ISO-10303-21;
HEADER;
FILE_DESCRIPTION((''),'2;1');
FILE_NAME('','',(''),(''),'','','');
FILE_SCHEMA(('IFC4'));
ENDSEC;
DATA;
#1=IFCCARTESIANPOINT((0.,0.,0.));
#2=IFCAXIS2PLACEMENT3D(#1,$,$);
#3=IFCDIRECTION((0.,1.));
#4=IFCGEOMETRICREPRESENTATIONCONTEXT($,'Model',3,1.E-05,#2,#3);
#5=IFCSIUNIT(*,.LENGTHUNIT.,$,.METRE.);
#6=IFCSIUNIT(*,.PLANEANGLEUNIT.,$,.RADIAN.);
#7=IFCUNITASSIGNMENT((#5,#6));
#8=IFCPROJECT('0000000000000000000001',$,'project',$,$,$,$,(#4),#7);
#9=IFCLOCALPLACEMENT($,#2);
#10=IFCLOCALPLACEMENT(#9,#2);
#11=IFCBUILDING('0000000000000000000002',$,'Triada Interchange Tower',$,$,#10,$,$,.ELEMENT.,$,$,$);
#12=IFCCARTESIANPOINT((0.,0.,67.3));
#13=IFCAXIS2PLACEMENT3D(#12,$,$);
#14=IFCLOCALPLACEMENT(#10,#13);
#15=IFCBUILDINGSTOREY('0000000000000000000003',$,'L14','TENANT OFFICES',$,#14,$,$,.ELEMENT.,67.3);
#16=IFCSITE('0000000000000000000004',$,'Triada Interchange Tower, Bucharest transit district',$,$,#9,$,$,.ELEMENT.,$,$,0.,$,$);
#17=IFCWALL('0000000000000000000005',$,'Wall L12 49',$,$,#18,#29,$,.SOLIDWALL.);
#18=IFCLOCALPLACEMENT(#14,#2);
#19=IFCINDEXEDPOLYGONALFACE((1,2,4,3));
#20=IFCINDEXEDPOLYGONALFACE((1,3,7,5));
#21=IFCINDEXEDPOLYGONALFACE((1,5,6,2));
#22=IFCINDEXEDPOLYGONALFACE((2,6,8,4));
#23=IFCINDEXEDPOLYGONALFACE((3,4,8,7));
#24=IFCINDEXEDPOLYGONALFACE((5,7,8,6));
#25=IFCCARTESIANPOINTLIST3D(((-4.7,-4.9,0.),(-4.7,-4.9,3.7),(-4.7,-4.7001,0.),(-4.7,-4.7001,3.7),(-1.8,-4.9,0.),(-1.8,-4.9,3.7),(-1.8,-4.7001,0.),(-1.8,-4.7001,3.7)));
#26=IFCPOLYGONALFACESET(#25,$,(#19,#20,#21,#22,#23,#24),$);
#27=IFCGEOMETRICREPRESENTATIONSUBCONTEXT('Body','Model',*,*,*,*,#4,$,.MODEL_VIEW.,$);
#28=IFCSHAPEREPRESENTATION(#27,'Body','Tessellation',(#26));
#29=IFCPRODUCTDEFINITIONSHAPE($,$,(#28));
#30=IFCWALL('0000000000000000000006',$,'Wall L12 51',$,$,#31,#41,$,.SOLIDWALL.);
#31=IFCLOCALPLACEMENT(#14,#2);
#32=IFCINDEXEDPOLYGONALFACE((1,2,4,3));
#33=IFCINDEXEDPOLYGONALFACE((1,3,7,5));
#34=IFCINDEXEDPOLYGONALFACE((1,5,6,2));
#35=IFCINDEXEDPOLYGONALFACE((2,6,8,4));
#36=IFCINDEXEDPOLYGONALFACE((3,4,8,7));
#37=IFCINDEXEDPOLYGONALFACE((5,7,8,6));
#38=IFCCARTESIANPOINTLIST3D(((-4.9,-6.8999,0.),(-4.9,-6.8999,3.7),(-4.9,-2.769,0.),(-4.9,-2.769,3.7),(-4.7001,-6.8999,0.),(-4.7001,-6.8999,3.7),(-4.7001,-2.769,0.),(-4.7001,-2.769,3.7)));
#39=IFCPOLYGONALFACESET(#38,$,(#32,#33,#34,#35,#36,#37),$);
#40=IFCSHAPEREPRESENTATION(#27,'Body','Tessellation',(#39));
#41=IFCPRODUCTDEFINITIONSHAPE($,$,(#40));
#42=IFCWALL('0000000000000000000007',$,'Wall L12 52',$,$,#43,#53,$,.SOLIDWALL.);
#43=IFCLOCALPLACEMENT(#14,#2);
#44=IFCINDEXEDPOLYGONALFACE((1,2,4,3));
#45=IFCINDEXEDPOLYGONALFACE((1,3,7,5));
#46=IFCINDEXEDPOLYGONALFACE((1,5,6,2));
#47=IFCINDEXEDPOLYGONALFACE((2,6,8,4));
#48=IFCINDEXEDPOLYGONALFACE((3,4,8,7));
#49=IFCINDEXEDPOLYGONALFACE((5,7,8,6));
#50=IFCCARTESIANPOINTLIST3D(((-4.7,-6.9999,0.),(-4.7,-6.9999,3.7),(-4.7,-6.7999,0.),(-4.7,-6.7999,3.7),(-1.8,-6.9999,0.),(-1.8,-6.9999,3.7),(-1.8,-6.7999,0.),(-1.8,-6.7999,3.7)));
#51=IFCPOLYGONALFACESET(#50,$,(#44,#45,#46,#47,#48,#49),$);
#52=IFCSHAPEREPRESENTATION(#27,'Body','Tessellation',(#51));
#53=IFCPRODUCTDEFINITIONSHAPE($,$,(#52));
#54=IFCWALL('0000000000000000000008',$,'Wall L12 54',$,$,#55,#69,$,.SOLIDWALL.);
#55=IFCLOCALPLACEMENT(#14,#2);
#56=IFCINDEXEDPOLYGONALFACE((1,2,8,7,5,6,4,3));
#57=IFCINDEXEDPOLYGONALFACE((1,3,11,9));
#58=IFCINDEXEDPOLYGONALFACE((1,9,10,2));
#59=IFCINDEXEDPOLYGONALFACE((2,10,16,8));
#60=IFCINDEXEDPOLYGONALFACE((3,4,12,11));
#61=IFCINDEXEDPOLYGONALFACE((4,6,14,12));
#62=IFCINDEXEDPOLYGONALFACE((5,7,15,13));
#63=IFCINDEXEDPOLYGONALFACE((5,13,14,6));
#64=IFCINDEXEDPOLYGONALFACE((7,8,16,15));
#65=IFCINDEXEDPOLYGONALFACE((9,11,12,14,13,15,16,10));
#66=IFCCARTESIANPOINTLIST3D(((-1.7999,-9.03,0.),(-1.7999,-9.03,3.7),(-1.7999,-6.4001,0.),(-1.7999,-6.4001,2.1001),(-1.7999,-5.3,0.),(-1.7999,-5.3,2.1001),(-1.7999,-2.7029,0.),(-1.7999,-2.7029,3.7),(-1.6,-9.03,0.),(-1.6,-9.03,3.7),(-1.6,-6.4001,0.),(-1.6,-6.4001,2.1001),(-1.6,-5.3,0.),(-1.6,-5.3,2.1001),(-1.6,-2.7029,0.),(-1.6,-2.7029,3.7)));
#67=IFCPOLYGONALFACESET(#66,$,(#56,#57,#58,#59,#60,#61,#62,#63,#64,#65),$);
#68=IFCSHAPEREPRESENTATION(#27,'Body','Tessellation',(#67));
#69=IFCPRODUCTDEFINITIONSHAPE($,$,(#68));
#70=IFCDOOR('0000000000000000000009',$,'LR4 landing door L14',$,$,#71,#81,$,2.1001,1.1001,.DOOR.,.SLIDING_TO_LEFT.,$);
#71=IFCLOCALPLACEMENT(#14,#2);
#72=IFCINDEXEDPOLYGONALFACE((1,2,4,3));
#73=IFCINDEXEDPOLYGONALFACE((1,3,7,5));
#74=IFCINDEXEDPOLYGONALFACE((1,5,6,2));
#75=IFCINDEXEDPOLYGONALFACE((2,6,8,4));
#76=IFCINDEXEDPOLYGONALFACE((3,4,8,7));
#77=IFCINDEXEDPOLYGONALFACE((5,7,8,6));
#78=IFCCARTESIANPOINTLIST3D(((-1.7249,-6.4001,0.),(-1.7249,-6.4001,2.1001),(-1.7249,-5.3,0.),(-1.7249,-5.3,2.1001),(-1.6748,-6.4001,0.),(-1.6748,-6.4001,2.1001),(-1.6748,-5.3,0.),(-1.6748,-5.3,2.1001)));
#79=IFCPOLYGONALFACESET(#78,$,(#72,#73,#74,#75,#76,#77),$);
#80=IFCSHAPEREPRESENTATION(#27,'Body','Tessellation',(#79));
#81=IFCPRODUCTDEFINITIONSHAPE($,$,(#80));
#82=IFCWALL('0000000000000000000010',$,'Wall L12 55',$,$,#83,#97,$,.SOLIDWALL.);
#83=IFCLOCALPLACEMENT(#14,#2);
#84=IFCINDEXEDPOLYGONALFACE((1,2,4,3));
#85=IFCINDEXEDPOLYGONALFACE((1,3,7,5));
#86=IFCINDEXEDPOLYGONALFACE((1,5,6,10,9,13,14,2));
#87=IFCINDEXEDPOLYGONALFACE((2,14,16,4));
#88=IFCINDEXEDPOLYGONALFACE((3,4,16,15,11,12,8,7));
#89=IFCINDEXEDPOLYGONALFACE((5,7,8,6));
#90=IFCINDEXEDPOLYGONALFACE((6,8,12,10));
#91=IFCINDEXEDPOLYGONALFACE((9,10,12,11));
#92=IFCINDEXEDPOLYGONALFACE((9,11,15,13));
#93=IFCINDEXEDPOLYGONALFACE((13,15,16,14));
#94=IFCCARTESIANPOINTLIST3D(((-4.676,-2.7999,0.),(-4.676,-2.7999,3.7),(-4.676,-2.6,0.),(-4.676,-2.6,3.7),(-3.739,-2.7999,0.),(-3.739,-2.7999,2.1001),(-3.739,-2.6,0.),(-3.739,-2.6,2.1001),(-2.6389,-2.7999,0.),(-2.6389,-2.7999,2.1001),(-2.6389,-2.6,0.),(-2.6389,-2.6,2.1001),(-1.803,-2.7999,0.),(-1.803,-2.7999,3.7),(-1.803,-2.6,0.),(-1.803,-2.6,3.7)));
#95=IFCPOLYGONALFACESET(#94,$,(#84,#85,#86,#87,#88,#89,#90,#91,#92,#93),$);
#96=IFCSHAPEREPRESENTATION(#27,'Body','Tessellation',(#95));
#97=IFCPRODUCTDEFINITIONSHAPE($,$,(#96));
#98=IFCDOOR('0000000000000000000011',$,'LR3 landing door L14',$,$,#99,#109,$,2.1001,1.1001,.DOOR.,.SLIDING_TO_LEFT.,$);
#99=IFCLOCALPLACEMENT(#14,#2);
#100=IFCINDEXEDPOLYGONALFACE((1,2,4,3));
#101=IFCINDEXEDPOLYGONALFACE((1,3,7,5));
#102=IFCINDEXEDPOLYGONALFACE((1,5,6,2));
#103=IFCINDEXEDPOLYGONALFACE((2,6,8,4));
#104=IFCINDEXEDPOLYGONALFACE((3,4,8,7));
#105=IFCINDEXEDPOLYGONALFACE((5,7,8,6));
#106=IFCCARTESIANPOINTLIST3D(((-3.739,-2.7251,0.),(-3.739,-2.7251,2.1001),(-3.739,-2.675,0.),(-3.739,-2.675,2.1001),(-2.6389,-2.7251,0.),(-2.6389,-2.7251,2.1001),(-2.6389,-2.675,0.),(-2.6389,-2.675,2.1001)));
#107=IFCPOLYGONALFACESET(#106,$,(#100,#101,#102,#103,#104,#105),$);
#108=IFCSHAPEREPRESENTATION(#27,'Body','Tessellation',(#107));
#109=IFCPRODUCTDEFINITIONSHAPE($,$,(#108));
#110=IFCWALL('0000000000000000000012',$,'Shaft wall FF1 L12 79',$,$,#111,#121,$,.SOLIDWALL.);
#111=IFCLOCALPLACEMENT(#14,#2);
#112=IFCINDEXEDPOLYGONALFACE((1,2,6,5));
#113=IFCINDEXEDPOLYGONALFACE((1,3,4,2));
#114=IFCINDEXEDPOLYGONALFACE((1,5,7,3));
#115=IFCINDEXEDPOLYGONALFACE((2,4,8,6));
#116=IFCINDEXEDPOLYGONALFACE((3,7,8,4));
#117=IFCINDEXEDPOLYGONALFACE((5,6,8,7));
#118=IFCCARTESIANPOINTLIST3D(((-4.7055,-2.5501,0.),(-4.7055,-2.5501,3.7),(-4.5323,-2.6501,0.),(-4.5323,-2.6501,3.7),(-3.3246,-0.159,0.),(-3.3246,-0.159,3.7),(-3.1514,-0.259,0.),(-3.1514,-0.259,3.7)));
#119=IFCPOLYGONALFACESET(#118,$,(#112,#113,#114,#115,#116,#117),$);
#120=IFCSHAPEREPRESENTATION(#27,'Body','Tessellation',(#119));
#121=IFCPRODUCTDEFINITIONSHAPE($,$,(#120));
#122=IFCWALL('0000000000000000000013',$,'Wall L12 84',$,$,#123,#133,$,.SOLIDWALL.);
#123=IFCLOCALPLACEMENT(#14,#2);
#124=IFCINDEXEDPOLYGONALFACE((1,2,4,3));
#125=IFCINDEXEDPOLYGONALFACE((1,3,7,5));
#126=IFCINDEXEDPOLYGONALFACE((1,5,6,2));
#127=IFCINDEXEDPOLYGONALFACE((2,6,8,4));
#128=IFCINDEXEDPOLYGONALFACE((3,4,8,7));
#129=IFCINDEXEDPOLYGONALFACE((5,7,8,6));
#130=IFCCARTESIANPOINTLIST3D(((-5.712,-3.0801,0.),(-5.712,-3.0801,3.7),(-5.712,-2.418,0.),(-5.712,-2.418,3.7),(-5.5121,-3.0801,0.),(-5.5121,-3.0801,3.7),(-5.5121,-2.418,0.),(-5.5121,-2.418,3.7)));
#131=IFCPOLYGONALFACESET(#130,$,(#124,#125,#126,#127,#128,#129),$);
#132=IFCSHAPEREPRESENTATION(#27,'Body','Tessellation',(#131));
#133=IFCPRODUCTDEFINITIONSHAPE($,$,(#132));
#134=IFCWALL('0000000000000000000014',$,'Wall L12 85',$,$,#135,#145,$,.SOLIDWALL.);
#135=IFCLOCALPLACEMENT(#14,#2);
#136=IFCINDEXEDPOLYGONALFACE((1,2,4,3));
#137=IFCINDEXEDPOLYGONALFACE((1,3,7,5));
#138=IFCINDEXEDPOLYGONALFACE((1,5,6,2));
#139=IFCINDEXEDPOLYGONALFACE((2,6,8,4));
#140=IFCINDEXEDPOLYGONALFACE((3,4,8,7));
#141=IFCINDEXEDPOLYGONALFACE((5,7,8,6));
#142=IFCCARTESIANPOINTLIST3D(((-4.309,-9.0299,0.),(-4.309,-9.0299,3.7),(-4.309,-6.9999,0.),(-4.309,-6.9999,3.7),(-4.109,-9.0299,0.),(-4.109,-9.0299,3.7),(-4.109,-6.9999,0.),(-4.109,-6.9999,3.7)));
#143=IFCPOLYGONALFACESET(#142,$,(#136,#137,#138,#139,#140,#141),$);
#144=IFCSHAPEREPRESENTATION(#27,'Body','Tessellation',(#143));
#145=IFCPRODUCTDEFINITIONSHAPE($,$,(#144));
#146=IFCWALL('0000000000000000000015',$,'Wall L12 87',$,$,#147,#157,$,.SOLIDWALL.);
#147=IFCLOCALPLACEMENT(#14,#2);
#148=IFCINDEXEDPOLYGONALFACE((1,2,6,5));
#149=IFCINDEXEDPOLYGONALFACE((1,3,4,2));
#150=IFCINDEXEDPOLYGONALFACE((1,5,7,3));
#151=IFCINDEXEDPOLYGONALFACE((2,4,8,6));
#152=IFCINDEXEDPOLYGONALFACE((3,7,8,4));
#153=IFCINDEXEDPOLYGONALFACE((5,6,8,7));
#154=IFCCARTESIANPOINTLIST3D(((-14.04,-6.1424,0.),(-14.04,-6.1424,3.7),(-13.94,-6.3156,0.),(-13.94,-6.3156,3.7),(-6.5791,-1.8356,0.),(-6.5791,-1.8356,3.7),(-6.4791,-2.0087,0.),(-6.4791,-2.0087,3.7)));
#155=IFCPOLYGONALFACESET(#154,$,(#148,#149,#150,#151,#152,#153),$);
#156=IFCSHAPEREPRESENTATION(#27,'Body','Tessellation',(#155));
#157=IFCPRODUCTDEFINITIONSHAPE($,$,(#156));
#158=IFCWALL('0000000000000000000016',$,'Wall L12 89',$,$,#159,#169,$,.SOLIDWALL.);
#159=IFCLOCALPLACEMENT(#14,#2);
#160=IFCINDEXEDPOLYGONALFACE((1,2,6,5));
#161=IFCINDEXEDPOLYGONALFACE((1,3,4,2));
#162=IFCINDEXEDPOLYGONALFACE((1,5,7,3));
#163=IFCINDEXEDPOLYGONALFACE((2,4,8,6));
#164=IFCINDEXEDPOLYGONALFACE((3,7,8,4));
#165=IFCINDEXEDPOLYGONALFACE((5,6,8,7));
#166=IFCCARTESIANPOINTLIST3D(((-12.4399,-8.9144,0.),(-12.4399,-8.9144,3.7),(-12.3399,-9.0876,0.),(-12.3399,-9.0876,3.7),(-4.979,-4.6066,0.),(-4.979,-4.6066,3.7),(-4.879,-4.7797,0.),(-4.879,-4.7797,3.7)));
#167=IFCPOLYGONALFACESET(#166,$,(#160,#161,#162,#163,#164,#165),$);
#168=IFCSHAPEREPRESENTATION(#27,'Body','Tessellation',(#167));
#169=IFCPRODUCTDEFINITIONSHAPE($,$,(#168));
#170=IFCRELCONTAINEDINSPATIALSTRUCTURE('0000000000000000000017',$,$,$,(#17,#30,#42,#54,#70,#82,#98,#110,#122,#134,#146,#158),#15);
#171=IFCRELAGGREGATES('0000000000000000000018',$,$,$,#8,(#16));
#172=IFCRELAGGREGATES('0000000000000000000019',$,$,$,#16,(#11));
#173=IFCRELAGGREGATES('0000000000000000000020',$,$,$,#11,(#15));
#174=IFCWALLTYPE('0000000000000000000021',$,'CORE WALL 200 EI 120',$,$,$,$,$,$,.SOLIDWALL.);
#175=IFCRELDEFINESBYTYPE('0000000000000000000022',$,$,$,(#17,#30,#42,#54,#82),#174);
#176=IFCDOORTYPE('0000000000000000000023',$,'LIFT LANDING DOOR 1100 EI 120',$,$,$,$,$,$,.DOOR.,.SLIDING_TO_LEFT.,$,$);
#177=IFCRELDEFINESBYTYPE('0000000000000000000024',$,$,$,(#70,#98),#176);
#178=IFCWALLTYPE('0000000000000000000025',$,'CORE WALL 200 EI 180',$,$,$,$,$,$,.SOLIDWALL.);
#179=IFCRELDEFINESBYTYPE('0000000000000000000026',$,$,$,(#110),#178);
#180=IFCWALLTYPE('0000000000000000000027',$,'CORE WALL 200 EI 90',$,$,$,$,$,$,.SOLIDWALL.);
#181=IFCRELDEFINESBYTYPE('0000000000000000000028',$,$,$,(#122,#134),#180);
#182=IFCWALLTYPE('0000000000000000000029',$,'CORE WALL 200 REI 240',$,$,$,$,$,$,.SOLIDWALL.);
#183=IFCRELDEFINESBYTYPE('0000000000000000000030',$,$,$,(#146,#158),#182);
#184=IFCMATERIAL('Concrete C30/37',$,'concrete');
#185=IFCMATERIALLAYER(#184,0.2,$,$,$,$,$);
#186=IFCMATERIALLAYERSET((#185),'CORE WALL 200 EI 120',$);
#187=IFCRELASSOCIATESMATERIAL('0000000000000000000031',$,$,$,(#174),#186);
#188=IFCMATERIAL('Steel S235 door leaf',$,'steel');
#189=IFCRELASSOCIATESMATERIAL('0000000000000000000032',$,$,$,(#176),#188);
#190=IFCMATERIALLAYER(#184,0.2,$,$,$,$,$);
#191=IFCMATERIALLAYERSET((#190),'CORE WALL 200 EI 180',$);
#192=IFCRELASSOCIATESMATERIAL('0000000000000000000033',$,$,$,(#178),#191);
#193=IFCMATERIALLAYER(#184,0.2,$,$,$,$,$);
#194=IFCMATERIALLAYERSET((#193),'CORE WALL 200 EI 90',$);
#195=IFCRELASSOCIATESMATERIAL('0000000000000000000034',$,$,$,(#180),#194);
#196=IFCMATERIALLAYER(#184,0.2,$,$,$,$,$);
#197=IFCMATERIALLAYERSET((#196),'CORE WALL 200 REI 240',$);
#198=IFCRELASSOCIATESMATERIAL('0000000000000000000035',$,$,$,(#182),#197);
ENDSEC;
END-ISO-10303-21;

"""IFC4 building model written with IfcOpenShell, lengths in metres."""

from ifc_helpers import new_model, si_unit, direction, frame, frame_2d, origin, place, context, subcontext, project, spatial, rectangle, extrude, material, layer, layer_set, type_object, element, fill, save


model = new_model("IFC4")

# Units and contexts
model_context = context("Model", 3, precision=1e-05, world=origin(), true_north=direction((0.0, 1.0)))
body_context = subcontext(model_context, "Body", "Model", "MODEL_VIEW")
ifc_project = project(units=[si_unit("LENGTHUNIT", "METRE"), si_unit("PLANEANGLEUNIT", "RADIAN")], contexts=[model_context])

# Site, building, storey
site_placement = place(None, origin())
site = spatial("IfcSite", under=ifc_project, at=site_placement, Name="Triada Interchange Tower, Bucharest transit district", CompositionType="ELEMENT", RefElevation=0.0)
building_placement = place(site_placement, origin())
building = spatial("IfcBuilding", under=site, at=building_placement, Name="Triada Interchange Tower", CompositionType="ELEMENT")
storey_placement = place(building_placement, frame((0.0, 0.0, 67.3)))
storey = spatial("IfcBuildingStorey", under=building, at=storey_placement, Name="L14", Description="TENANT OFFICES", CompositionType="ELEMENT", Elevation=67.3)

# Walls
ifc_material_1 = material(Name="Concrete C30/37", Category="concrete")
ifc_layer_1 = layer(ifc_material_1, 0.2)
ifc_layer_set_1 = layer_set([ifc_layer_1], Name="CORE WALL 200 EI 120")
wall_type_1 = type_object("IfcWallType", Name="CORE WALL 200 EI 120", PredefinedType="SOLIDWALL", material=ifc_layer_set_1)
wall_1_placement = place(storey_placement, frame((-4.7, -4.8, 0.0), z_axis=(0.0, 0.0, 1.0), x_axis=(1.0, 0.0, 0.0)))
element("IfcWall", 1, at=wall_1_placement, inside=storey, type_object=wall_type_1, Name="Wall L12 49", PredefinedType="SOLIDWALL", context=body_context, shape_type="SweptSolid", body=[
    extrude(rectangle(XDim=2.8999, YDim=0.2, at=frame_2d((1.45, 0.0))), origin(), (0.0, 0.0, 1.0), 3.7),
])
wall_2_placement = place(storey_placement, frame((-4.8, -6.8999, 0.0), z_axis=(0.0, 0.0, 1.0), x_axis=(0.0, 1.0, 0.0)))
element("IfcWall", 2, at=wall_2_placement, inside=storey, type_object=wall_type_1, Name="Wall L12 51", PredefinedType="SOLIDWALL", context=body_context, shape_type="SweptSolid", body=[
    extrude(rectangle(XDim=4.1309, YDim=0.2, at=frame_2d((2.0654, 0.0))), origin(), (0.0, 0.0, 1.0), 3.7),
])
wall_3_placement = place(storey_placement, frame((-4.7, -6.8999, 0.0), z_axis=(0.0, 0.0, 1.0), x_axis=(1.0, 0.0, 0.0)))
element("IfcWall", 3, at=wall_3_placement, inside=storey, type_object=wall_type_1, Name="Wall L12 52", PredefinedType="SOLIDWALL", context=body_context, shape_type="SweptSolid", body=[
    extrude(rectangle(XDim=2.8999, YDim=0.2, at=frame_2d((1.45, 0.0))), origin(), (0.0, 0.0, 1.0), 3.7),
])

# Walls, openings, doors
wall_4_placement = place(storey_placement, frame((-1.7, -9.03, 0.0), z_axis=(0.0, 0.0, 1.0), x_axis=(0.0, 1.0, 0.0)))
wall_4 = element("IfcWall", 4, at=wall_4_placement, inside=storey, type_object=wall_type_1, Name="Wall L12 54", PredefinedType="SOLIDWALL", context=body_context, shape_type="SweptSolid", body=[
    extrude(rectangle(XDim=6.3271, YDim=0.2, at=frame_2d((3.1636, 0.0))), origin(), (0.0, 0.0, 1.0), 3.7),
])
opening_1_placement = place(wall_4_placement, frame((2.6299, 0.0, 0.0)))
opening_1 = element("IfcOpeningElement", 5, at=opening_1_placement, cuts=wall_4, PredefinedType="OPENING", context=body_context, shape_type="SweptSolid", body=[
    extrude(rectangle(XDim=1.1001, YDim=2.1001, at=frame_2d((0.55, 1.05))), frame((0.0, 0.1099, 0.0), z_axis=(0.0, -1.0, 0.0), x_axis=(1.0, 0.0, 0.0)), (0.0, 0.0, 1.0), 0.22),
])
ifc_material_2 = material(Name="Steel S235 door leaf", Category="steel")
door_type_1 = type_object("IfcDoorType", Name="LIFT LANDING DOOR 1100 EI 120", OperationType="SLIDING_TO_LEFT", PredefinedType="DOOR", material=ifc_material_2)
door_1_placement = place(opening_1_placement, origin())
door_1 = element("IfcDoor", 6, at=door_1_placement, inside=storey, type_object=door_type_1, Name="LR4 landing door L14", OperationType="SLIDING_TO_LEFT", OverallHeight=2.1001, OverallWidth=1.1001, PredefinedType="DOOR", context=body_context, shape_type="SweptSolid", body=[
    extrude(rectangle(XDim=1.1001, YDim=2.1001, at=frame_2d((0.55, 1.05))), frame((0.0, 0.0249, 0.0), z_axis=(0.0, -1.0, 0.0), x_axis=(1.0, 0.0, 0.0)), (0.0, 0.0, 1.0), 0.05),
])
fill(opening_1, door_1)
wall_5_placement = place(storey_placement, frame((-4.676, -2.7, 0.0), z_axis=(0.0, 0.0, 1.0), x_axis=(1.0, 0.0, 0.0)))
wall_5 = element("IfcWall", 7, at=wall_5_placement, inside=storey, type_object=wall_type_1, Name="Wall L12 55", PredefinedType="SOLIDWALL", context=body_context, shape_type="SweptSolid", body=[
    extrude(rectangle(XDim=2.873, YDim=0.2, at=frame_2d((1.4365, 0.0))), origin(), (0.0, 0.0, 1.0), 3.7),
])
opening_2_placement = place(wall_5_placement, frame((0.937, 0.0, 0.0)))
opening_2 = element("IfcOpeningElement", 8, at=opening_2_placement, cuts=wall_5, PredefinedType="OPENING", context=body_context, shape_type="SweptSolid", body=[
    extrude(rectangle(XDim=1.1001, YDim=2.1001, at=frame_2d((0.55, 1.05))), frame((0.0, 0.1099, 0.0), z_axis=(0.0, -1.0, 0.0), x_axis=(1.0, 0.0, 0.0)), (0.0, 0.0, 1.0), 0.22),
])
door_2_placement = place(opening_2_placement, origin())
door_2 = element("IfcDoor", 9, at=door_2_placement, inside=storey, type_object=door_type_1, Name="LR3 landing door L14", OperationType="SLIDING_TO_LEFT", OverallHeight=2.1001, OverallWidth=1.1001, PredefinedType="DOOR", context=body_context, shape_type="SweptSolid", body=[
    extrude(rectangle(XDim=1.1001, YDim=2.1001, at=frame_2d((0.55, 1.05))), frame((0.0, 0.0249, 0.0), z_axis=(0.0, -1.0, 0.0), x_axis=(1.0, 0.0, 0.0)), (0.0, 0.0, 1.0), 0.05),
])
fill(opening_2, door_2)

# Walls
ifc_layer_2 = layer(ifc_material_1, 0.2)
ifc_layer_set_2 = layer_set([ifc_layer_2], Name="CORE WALL 200 EI 180")
wall_type_2 = type_object("IfcWallType", Name="CORE WALL 200 EI 180", PredefinedType="SOLIDWALL", material=ifc_layer_set_2)
wall_6_placement = place(storey_placement, frame((-4.6189, -2.6001, 0.0), z_axis=(0.0, 0.0, 1.0), x_axis=(0.500095, 0.865971, 0.0)))
element("IfcWall", 10, at=wall_6_placement, inside=storey, type_object=wall_type_2, Name="Shaft wall FF1 L12 79", PredefinedType="SOLIDWALL", context=body_context, shape_type="SweptSolid", body=[
    extrude(rectangle(XDim=2.7612, YDim=0.2, at=frame_2d((1.3806, 0.0))), origin(), (0.0, 0.0, 1.0), 3.7),
])
ifc_layer_3 = layer(ifc_material_1, 0.2)
ifc_layer_set_3 = layer_set([ifc_layer_3], Name="CORE WALL 200 EI 90")
wall_type_3 = type_object("IfcWallType", Name="CORE WALL 200 EI 90", PredefinedType="SOLIDWALL", material=ifc_layer_set_3)
wall_7_placement = place(storey_placement, frame((-5.6121, -3.0801, 0.0), z_axis=(0.0, 0.0, 1.0), x_axis=(0.0, 1.0, 0.0)))
element("IfcWall", 11, at=wall_7_placement, inside=storey, type_object=wall_type_3, Name="Wall L12 84", PredefinedType="SOLIDWALL", context=body_context, shape_type="SweptSolid", body=[
    extrude(rectangle(XDim=0.6621, YDim=0.2, at=frame_2d((0.3311, 0.0))), origin(), (0.0, 0.0, 1.0), 3.7),
])
wall_8_placement = place(storey_placement, frame((-4.209, -9.03, 0.0), z_axis=(0.0, 0.0, 1.0), x_axis=(0.0, 1.0, 0.0)))
element("IfcWall", 12, at=wall_8_placement, inside=storey, type_object=wall_type_3, Name="Wall L12 85", PredefinedType="SOLIDWALL", context=body_context, shape_type="SweptSolid", body=[
    extrude(rectangle(XDim=2.03, YDim=0.2, at=frame_2d((1.0151, 0.0))), origin(), (0.0, 0.0, 1.0), 3.7),
])
ifc_layer_4 = layer(ifc_material_1, 0.2)
ifc_layer_set_4 = layer_set([ifc_layer_4], Name="CORE WALL 200 REI 240")
wall_type_4 = type_object("IfcWallType", Name="CORE WALL 200 REI 240", PredefinedType="SOLIDWALL", material=ifc_layer_set_4)
wall_9_placement = place(storey_placement, frame((-13.99, -6.229, 0.0), z_axis=(0.0, 0.0, 1.0), x_axis=(0.86606, 0.49994, 0.0)))
element("IfcWall", 13, at=wall_9_placement, inside=storey, type_object=wall_type_4, Name="Wall L12 87", PredefinedType="SOLIDWALL", context=body_context, shape_type="SweptSolid", body=[
    extrude(rectangle(XDim=8.6147, YDim=0.2, at=frame_2d((4.3074, 0.0))), origin(), (0.0, 0.0, 1.0), 3.7),
])
wall_10_placement = place(storey_placement, frame((-12.3899, -9.001, 0.0), z_axis=(0.0, 0.0, 1.0), x_axis=(0.866011, 0.500025, 0.0)))
element("IfcWall", 14, at=wall_10_placement, inside=storey, type_object=wall_type_4, Name="Wall L12 89", PredefinedType="SOLIDWALL", context=body_context, shape_type="SweptSolid", body=[
    extrude(rectangle(XDim=8.6152, YDim=0.2, at=frame_2d((4.3076, 0.0))), origin(), (0.0, 0.0, 1.0), 3.7),
])

save(model, "model.ifc")
